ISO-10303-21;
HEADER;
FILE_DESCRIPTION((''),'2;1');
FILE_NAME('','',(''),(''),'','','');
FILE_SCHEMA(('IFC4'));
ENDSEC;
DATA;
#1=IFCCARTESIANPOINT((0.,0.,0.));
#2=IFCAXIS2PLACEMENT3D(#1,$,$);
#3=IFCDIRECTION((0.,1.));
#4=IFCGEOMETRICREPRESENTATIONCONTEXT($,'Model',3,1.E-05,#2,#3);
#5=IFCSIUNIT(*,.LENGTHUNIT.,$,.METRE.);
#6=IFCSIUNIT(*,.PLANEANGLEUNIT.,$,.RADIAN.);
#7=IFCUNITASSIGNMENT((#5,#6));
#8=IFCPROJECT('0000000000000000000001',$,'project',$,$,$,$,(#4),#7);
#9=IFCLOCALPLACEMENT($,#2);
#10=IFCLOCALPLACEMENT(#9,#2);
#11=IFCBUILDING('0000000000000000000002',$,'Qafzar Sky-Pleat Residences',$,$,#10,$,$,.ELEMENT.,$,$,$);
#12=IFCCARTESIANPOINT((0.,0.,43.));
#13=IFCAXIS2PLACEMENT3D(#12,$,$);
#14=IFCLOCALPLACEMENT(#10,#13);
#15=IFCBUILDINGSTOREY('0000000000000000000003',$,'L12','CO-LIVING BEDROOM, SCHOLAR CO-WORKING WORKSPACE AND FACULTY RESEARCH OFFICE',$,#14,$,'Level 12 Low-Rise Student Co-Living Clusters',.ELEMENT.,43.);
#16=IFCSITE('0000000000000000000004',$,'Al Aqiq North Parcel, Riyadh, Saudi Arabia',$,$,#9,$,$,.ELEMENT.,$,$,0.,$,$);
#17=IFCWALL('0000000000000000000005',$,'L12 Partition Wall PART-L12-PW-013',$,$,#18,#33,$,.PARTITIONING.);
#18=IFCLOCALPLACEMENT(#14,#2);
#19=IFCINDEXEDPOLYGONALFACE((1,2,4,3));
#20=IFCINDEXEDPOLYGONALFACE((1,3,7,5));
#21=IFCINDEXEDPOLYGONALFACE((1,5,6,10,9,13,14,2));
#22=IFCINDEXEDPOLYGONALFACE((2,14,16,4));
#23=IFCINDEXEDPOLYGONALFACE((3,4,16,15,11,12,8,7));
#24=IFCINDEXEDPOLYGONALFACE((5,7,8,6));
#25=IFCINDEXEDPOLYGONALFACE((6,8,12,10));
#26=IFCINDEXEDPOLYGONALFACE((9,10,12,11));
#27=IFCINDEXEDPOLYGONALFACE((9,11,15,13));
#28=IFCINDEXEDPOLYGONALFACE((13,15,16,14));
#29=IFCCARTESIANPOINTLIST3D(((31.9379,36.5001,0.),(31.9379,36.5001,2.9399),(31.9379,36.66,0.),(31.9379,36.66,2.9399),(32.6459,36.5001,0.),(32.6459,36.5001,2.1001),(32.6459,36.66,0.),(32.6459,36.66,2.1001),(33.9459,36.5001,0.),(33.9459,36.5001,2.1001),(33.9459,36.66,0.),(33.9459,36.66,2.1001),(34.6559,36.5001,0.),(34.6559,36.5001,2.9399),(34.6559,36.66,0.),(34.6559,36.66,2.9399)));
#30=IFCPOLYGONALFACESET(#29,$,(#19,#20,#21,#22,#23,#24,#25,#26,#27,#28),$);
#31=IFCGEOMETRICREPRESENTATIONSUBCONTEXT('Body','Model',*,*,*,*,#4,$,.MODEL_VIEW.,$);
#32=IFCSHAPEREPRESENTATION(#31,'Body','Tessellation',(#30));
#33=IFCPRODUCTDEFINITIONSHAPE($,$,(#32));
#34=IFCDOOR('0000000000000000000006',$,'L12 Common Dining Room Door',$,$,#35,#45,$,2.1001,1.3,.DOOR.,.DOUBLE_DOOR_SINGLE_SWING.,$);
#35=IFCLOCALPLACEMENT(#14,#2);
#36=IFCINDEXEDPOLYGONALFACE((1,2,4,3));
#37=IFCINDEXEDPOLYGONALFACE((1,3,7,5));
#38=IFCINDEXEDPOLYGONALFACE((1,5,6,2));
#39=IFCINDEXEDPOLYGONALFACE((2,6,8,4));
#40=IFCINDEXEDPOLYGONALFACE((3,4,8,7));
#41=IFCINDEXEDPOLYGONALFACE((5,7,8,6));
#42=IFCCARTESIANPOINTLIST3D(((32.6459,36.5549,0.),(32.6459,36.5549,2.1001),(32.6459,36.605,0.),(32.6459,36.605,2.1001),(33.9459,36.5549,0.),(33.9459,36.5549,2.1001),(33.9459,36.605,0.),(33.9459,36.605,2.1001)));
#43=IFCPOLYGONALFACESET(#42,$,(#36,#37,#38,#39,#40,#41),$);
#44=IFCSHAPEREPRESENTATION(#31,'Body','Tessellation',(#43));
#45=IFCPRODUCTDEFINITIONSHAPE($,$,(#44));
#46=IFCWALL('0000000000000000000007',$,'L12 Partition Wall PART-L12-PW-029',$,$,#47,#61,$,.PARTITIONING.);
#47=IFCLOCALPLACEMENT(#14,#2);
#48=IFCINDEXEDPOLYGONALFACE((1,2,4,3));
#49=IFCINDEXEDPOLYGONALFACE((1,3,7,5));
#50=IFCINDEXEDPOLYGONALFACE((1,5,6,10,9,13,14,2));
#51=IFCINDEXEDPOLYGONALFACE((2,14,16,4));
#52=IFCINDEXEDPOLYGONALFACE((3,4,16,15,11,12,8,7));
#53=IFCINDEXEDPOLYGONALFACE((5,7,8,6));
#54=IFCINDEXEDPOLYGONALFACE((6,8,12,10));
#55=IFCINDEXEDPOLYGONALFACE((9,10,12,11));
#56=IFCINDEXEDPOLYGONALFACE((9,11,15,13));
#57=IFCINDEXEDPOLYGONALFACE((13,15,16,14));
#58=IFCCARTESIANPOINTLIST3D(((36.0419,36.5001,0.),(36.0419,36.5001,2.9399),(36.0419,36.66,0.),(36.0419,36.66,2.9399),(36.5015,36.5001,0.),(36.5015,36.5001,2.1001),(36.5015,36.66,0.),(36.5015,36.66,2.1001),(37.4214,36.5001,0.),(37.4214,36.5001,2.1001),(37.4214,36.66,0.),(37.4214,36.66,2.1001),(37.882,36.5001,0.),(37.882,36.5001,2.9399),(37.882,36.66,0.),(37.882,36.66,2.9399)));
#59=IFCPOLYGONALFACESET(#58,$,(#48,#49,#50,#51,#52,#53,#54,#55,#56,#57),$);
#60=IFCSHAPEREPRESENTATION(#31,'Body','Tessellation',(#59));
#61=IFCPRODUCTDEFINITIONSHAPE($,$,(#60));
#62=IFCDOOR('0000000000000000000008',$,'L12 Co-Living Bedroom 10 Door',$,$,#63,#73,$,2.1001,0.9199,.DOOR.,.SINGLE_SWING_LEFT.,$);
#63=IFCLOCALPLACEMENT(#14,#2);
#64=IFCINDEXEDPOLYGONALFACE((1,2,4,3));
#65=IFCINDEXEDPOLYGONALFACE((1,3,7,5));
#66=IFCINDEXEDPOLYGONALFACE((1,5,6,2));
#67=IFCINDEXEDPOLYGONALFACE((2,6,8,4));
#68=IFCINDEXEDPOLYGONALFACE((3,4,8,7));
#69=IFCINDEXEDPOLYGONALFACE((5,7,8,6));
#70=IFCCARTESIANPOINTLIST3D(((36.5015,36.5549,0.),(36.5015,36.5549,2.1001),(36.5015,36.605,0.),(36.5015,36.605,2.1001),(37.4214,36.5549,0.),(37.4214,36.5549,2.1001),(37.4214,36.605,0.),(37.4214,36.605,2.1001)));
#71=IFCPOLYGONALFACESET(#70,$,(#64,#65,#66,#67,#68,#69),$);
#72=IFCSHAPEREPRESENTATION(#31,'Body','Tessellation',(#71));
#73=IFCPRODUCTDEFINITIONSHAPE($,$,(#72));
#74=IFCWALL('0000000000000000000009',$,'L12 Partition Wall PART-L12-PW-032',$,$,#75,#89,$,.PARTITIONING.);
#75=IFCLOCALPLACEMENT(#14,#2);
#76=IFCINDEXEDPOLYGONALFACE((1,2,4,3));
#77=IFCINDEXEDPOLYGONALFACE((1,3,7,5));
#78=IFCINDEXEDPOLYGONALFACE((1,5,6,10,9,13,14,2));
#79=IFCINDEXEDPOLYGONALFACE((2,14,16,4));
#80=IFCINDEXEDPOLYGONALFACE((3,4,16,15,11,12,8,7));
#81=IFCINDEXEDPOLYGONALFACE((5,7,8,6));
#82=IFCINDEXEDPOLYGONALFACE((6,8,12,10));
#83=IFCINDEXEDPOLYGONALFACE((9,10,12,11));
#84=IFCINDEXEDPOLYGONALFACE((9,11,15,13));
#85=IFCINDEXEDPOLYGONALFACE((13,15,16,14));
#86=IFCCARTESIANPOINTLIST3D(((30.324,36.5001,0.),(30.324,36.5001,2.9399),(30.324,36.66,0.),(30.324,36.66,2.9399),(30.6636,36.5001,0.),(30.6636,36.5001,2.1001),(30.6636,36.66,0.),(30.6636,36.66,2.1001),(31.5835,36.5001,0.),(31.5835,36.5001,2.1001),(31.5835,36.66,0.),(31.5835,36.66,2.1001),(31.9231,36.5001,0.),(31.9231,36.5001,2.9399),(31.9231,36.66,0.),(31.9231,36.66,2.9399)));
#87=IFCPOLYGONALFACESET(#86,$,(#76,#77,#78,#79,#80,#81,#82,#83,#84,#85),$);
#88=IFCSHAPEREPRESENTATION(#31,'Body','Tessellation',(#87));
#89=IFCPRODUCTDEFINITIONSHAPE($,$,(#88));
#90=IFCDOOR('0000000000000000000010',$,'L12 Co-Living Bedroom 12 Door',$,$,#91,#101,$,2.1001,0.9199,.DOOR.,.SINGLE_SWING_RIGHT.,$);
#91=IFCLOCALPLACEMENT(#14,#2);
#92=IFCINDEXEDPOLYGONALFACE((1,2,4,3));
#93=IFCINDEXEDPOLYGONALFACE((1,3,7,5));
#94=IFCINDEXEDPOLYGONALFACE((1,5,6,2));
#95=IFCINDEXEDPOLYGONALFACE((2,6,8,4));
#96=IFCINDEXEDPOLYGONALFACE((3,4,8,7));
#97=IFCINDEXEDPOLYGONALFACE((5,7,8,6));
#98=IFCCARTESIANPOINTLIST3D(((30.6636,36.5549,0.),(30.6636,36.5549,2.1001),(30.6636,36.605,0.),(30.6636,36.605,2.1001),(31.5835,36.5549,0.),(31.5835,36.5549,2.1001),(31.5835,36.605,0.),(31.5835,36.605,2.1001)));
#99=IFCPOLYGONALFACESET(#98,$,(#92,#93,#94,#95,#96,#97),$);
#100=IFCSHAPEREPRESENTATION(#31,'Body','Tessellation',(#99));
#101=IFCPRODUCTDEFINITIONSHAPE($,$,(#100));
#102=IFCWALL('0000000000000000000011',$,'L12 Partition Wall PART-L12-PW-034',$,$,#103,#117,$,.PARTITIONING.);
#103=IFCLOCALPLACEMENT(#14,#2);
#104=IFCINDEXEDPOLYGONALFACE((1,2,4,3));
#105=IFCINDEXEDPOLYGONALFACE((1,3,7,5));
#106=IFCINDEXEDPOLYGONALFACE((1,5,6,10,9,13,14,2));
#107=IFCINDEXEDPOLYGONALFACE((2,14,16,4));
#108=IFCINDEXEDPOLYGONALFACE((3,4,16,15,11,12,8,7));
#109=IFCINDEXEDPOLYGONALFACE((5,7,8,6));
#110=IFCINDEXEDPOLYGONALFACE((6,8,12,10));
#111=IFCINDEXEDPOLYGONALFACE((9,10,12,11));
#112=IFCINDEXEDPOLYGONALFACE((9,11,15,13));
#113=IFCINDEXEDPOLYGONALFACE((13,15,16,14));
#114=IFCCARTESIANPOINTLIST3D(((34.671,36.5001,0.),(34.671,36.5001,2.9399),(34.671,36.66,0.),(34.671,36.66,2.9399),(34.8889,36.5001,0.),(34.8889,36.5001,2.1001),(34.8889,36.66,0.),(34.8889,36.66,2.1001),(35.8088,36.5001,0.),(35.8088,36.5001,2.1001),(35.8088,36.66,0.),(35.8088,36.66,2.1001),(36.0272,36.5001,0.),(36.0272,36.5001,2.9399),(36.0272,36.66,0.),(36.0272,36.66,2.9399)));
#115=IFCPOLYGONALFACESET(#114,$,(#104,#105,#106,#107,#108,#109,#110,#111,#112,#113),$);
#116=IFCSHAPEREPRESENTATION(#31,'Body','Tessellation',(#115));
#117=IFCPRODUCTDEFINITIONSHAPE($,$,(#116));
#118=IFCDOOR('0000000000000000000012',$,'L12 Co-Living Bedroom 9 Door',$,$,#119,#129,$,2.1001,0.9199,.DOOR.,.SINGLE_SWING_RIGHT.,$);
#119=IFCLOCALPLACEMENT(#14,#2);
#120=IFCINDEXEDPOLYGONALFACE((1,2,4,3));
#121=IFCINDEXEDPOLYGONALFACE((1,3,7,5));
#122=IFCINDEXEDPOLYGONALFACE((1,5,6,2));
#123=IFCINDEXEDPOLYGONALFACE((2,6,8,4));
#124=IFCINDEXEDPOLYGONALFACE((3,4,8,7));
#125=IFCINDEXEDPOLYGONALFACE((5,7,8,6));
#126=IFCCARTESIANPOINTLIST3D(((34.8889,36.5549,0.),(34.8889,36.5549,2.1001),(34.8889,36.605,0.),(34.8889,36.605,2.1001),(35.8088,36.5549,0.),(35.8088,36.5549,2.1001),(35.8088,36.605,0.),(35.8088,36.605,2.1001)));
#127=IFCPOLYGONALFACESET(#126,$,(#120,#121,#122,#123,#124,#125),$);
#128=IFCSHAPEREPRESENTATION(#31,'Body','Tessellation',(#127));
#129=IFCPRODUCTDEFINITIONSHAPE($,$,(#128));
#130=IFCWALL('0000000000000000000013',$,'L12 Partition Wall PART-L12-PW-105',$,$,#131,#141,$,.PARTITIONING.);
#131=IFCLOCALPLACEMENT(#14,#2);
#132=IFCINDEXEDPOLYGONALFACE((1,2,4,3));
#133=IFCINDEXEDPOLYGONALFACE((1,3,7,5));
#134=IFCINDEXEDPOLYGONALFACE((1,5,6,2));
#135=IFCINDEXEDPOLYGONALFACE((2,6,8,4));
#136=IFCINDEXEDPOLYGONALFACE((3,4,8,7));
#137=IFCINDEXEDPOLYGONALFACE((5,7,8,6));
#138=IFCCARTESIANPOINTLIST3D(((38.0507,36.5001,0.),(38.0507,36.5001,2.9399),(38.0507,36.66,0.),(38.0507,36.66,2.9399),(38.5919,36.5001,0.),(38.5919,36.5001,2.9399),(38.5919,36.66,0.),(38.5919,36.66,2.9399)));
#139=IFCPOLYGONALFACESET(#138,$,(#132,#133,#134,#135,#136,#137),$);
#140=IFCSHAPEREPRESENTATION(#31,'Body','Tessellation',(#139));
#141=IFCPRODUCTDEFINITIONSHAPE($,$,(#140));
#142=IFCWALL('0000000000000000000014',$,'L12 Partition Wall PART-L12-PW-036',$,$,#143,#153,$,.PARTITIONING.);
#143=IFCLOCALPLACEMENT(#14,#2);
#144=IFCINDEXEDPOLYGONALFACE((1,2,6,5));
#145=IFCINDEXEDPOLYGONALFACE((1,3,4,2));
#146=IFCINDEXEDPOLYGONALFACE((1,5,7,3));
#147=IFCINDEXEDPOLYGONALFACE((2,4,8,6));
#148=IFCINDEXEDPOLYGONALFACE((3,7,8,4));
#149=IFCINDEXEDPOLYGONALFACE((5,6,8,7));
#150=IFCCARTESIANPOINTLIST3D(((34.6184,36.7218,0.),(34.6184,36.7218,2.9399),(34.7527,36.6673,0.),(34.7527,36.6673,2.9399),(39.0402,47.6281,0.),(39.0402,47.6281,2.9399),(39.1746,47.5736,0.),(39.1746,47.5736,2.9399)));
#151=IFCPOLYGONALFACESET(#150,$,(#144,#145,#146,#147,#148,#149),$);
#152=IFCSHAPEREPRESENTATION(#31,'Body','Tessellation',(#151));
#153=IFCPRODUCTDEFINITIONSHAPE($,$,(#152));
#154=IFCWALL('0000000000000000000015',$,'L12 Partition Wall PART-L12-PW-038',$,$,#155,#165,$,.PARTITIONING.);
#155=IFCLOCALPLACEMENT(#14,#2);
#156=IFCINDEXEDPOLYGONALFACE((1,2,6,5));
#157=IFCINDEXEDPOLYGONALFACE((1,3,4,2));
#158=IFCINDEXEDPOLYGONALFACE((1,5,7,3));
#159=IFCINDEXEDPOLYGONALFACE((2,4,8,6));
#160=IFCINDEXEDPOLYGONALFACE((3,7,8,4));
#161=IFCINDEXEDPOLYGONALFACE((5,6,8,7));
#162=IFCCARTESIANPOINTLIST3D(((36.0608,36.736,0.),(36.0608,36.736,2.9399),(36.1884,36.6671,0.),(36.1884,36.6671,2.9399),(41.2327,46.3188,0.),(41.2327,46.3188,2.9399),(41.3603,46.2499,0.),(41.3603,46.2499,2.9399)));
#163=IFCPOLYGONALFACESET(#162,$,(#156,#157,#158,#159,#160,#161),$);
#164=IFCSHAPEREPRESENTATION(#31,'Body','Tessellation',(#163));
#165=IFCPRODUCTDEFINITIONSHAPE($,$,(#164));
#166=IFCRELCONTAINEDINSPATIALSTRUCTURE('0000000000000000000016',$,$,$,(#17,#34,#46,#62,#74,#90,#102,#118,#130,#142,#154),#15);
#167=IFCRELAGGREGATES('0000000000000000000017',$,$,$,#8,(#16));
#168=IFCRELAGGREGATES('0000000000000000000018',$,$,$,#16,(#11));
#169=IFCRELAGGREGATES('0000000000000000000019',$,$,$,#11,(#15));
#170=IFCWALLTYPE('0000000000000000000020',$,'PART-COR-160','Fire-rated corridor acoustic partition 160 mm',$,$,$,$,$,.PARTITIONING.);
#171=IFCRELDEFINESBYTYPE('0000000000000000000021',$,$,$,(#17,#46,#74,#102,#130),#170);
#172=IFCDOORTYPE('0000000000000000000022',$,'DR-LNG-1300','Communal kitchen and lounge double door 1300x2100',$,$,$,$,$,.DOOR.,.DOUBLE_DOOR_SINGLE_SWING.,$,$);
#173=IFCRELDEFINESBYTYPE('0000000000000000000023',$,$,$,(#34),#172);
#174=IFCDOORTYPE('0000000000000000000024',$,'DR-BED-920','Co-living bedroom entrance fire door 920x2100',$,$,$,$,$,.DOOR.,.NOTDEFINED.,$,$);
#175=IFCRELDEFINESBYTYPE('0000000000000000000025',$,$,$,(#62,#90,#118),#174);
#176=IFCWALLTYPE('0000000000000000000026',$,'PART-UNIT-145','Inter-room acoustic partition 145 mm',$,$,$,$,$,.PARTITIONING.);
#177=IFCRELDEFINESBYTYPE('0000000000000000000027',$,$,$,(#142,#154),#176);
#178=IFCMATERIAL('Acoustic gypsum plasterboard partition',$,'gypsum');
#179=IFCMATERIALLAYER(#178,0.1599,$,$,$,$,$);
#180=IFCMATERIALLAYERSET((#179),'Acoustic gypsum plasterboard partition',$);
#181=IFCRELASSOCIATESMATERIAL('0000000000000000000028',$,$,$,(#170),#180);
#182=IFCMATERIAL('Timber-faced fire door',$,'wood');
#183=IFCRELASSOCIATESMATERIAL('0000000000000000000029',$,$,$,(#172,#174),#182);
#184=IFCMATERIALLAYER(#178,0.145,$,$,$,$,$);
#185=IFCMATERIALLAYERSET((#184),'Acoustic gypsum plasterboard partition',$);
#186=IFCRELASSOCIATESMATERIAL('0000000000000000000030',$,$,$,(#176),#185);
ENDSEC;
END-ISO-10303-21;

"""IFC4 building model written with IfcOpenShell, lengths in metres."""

from ifc_helpers import new_model, si_unit, direction, frame, frame_2d, origin, place, context, subcontext, project, spatial, rectangle, extrude, source, transform, mapped, material, layer, layer_set, type_object, element, fill, save


model = new_model("IFC4")

# Units and contexts
model_context = context("Model", 3, precision=1e-05, world=origin(), true_north=direction((0.0, 1.0)))
body_context = subcontext(model_context, "Body", "Model", "MODEL_VIEW")
ifc_project = project(units=[si_unit("LENGTHUNIT", "METRE"), si_unit("PLANEANGLEUNIT", "RADIAN")], contexts=[model_context])

# Site, building, storey
site_placement = place(None, origin())
site = spatial("IfcSite", under=ifc_project, at=site_placement, Name="Al Aqiq North Parcel, Riyadh, Saudi Arabia", CompositionType="ELEMENT", RefElevation=0.0)
building_placement = place(site_placement, origin())
building = spatial("IfcBuilding", under=site, at=building_placement, Name="Qafzar Sky-Pleat Residences", CompositionType="ELEMENT")
storey_placement = place(building_placement, frame((0.0, 0.0, 43.0)))
storey = spatial("IfcBuildingStorey", under=building, at=storey_placement, Name="L12", Description="CO-LIVING BEDROOM, SCHOLAR CO-WORKING WORKSPACE AND FACULTY RESEARCH OFFICE", LongName="Level 12 Low-Rise Student Co-Living Clusters", CompositionType="ELEMENT", Elevation=43.0)

# Walls, openings, doors
ifc_material_1 = material(Name="Acoustic gypsum plasterboard partition", Category="gypsum")
ifc_layer_1 = layer(ifc_material_1, 0.1599)
ifc_layer_set_1 = layer_set([ifc_layer_1], Name="Acoustic gypsum plasterboard partition")
wall_type_1 = type_object("IfcWallType", Name="PART-COR-160", Description="Fire-rated corridor acoustic partition 160 mm", PredefinedType="PARTITIONING", material=ifc_layer_set_1)
wall_1_placement = place(storey_placement, frame((31.938, 36.5801, 0.0), z_axis=(0.0, 0.0, 1.0), x_axis=(1.0, 0.0, 0.0)))
wall_1 = element("IfcWall", 1, at=wall_1_placement, inside=storey, type_object=wall_type_1, Name="L12 Partition Wall PART-L12-PW-013", PredefinedType="PARTITIONING", context=body_context, shape_type="SweptSolid", body=[
    extrude(rectangle(XDim=2.718, YDim=0.1599, at=frame_2d((1.3589, 0.0))), origin(), (0.0, 0.0, 1.0), 2.9399),
])
opening_1_placement = place(wall_1_placement, frame((0.708, 0.0, 0.0)))
opening_1 = element("IfcOpeningElement", 2, at=opening_1_placement, cuts=wall_1, PredefinedType="OPENING", context=body_context, shape_type="SweptSolid", body=[
    extrude(rectangle(XDim=1.3, YDim=2.1001, at=frame_2d((0.6499, 1.05))), frame((0.0, 0.0898, 0.0), z_axis=(0.0, -1.0, 0.0), x_axis=(1.0, 0.0, 0.0)), (0.0, 0.0, 1.0), 0.1799),
])
ifc_material_2 = material(Name="Timber-faced fire door", Category="wood")
door_type_1 = type_object("IfcDoorType", Name="DR-LNG-1300", Description="Communal kitchen and lounge double door 1300x2100", OperationType="DOUBLE_DOOR_SINGLE_SWING", PredefinedType="DOOR", material=ifc_material_2)
shared_shape_1 = source(origin(), body_context, "Body", "SweptSolid", [
    extrude(rectangle(XDim=1.3, YDim=2.1001, at=frame_2d((0.6499, 1.05))), frame((0.0, 0.0249, 0.0), z_axis=(0.0, -1.0, 0.0), x_axis=(1.0, 0.0, 0.0)), (0.0, 0.0, 1.0), 0.05),
])
door_1_placement = place(opening_1_placement, origin())
door_1 = element("IfcDoor", 3, at=door_1_placement, inside=storey, type_object=door_type_1, Name="L12 Common Dining Room Door", OperationType="DOUBLE_DOOR_SINGLE_SWING", OverallHeight=2.1001, OverallWidth=1.3, PredefinedType="DOOR", context=body_context, shape_type="MappedRepresentation", body=[
    mapped(shared_shape_1, transform((0.0, 0.0, 0.0), x_axis=(1.0, 0.0, 0.0), y_axis=(0.0, 1.0, 0.0), z_axis=(0.0, 0.0, 1.0), scale=1.0)),
])
fill(opening_1, door_1)
wall_2_placement = place(storey_placement, frame((36.042, 36.5801, 0.0), z_axis=(0.0, 0.0, 1.0), x_axis=(1.0, 0.0, 0.0)))
wall_2 = element("IfcWall", 4, at=wall_2_placement, inside=storey, type_object=wall_type_1, Name="L12 Partition Wall PART-L12-PW-029", PredefinedType="PARTITIONING", context=body_context, shape_type="SweptSolid", body=[
    extrude(rectangle(XDim=1.8401, YDim=0.1599, at=frame_2d((0.9199, 0.0))), origin(), (0.0, 0.0, 1.0), 2.9399),
])
opening_2_placement = place(wall_2_placement, frame((0.4595, 0.0, 0.0)))
opening_2 = element("IfcOpeningElement", 5, at=opening_2_placement, cuts=wall_2, PredefinedType="OPENING", context=body_context, shape_type="SweptSolid", body=[
    extrude(rectangle(XDim=0.9199, YDim=2.1001, at=frame_2d((0.46, 1.05))), frame((0.0, 0.0898, 0.0), z_axis=(0.0, -1.0, 0.0), x_axis=(1.0, 0.0, 0.0)), (0.0, 0.0, 1.0), 0.1799),
])
door_type_2 = type_object("IfcDoorType", Name="DR-BED-920", Description="Co-living bedroom entrance fire door 920x2100", OperationType="NOTDEFINED", PredefinedType="DOOR", material=ifc_material_2)
shared_shape_2 = source(origin(), body_context, "Body", "SweptSolid", [
    extrude(rectangle(XDim=0.9199, YDim=2.1001, at=frame_2d((0.46, 1.05))), frame((0.0, 0.0249, 0.0), z_axis=(0.0, -1.0, 0.0), x_axis=(1.0, 0.0, 0.0)), (0.0, 0.0, 1.0), 0.05),
])
door_2_placement = place(opening_2_placement, origin())
door_2 = element("IfcDoor", 6, at=door_2_placement, inside=storey, type_object=door_type_2, Name="L12 Co-Living Bedroom 10 Door", OperationType="SINGLE_SWING_LEFT", OverallHeight=2.1001, OverallWidth=0.9199, PredefinedType="DOOR", context=body_context, shape_type="MappedRepresentation", body=[
    mapped(shared_shape_2, transform((0.0, 0.0, 0.0), x_axis=(1.0, 0.0, 0.0), y_axis=(0.0, 1.0, 0.0), z_axis=(0.0, 0.0, 1.0), scale=1.0)),
])
fill(opening_2, door_2)
wall_3_placement = place(storey_placement, frame((30.324, 36.5801, 0.0), z_axis=(0.0, 0.0, 1.0), x_axis=(1.0, 0.0, 0.0)))
wall_3 = element("IfcWall", 7, at=wall_3_placement, inside=storey, type_object=wall_type_1, Name="L12 Partition Wall PART-L12-PW-032", PredefinedType="PARTITIONING", context=body_context, shape_type="SweptSolid", body=[
    extrude(rectangle(XDim=1.5991, YDim=0.1599, at=frame_2d((0.7996, 0.0))), origin(), (0.0, 0.0, 1.0), 2.9399),
])
opening_3_placement = place(wall_3_placement, frame((0.3396, 0.0, 0.0)))
opening_3 = element("IfcOpeningElement", 8, at=opening_3_placement, cuts=wall_3, PredefinedType="OPENING", context=body_context, shape_type="SweptSolid", body=[
    extrude(rectangle(XDim=0.9199, YDim=2.1001, at=frame_2d((0.46, 1.05))), frame((0.0, 0.0898, 0.0), z_axis=(0.0, -1.0, 0.0), x_axis=(1.0, 0.0, 0.0)), (0.0, 0.0, 1.0), 0.1799),
])
door_3_placement = place(opening_3_placement, origin())
door_3 = element("IfcDoor", 9, at=door_3_placement, inside=storey, type_object=door_type_2, Name="L12 Co-Living Bedroom 12 Door", OperationType="SINGLE_SWING_RIGHT", OverallHeight=2.1001, OverallWidth=0.9199, PredefinedType="DOOR", context=body_context, shape_type="MappedRepresentation", body=[
    mapped(shared_shape_2, transform((0.0, 0.0, 0.0), x_axis=(1.0, 0.0, 0.0), y_axis=(0.0, 1.0, 0.0), z_axis=(0.0, 0.0, 1.0), scale=1.0)),
])
fill(opening_3, door_3)
wall_4_placement = place(storey_placement, frame((34.6709, 36.5801, 0.0), z_axis=(0.0, 0.0, 1.0), x_axis=(1.0, 0.0, 0.0)))
wall_4 = element("IfcWall", 10, at=wall_4_placement, inside=storey, type_object=wall_type_1, Name="L12 Partition Wall PART-L12-PW-034", PredefinedType="PARTITIONING", context=body_context, shape_type="SweptSolid", body=[
    extrude(rectangle(XDim=1.3562, YDim=0.1599, at=frame_2d((0.6782, 0.0))), origin(), (0.0, 0.0, 1.0), 2.9399),
])
opening_4_placement = place(wall_4_placement, frame((0.218, 0.0, 0.0)))
opening_4 = element("IfcOpeningElement", 11, at=opening_4_placement, cuts=wall_4, PredefinedType="OPENING", context=body_context, shape_type="SweptSolid", body=[
    extrude(rectangle(XDim=0.9199, YDim=2.1001, at=frame_2d((0.46, 1.05))), frame((0.0, 0.0898, 0.0), z_axis=(0.0, -1.0, 0.0), x_axis=(1.0, 0.0, 0.0)), (0.0, 0.0, 1.0), 0.1799),
])
door_4_placement = place(opening_4_placement, origin())
door_4 = element("IfcDoor", 12, at=door_4_placement, inside=storey, type_object=door_type_2, Name="L12 Co-Living Bedroom 9 Door", OperationType="SINGLE_SWING_RIGHT", OverallHeight=2.1001, OverallWidth=0.9199, PredefinedType="DOOR", context=body_context, shape_type="MappedRepresentation", body=[
    mapped(shared_shape_2, transform((0.0, 0.0, 0.0), x_axis=(1.0, 0.0, 0.0), y_axis=(0.0, 1.0, 0.0), z_axis=(0.0, 0.0, 1.0), scale=1.0)),
])
fill(opening_4, door_4)

# Walls
wall_5_placement = place(storey_placement, frame((38.0508, 36.5801, 0.0), z_axis=(0.0, 0.0, 1.0), x_axis=(1.0, 0.0, 0.0)))
element("IfcWall", 13, at=wall_5_placement, inside=storey, type_object=wall_type_1, Name="L12 Partition Wall PART-L12-PW-105", PredefinedType="PARTITIONING", context=body_context, shape_type="SweptSolid", body=[
    extrude(rectangle(XDim=0.5413, YDim=0.1599, at=frame_2d((0.2705, 0.0))), origin(), (0.0, 0.0, 1.0), 2.9399),
])
ifc_layer_2 = layer(ifc_material_1, 0.145)
ifc_layer_set_2 = layer_set([ifc_layer_2], Name="Acoustic gypsum plasterboard partition")
wall_type_2 = type_object("IfcWallType", Name="PART-UNIT-145", Description="Inter-room acoustic partition 145 mm", PredefinedType="PARTITIONING", material=ifc_layer_set_2)
wall_6_placement = place(storey_placement, frame((34.6855, 36.6946, 0.0), z_axis=(0.0, 0.0, 1.0), x_axis=(0.375736, 0.926727, 0.0)))
element("IfcWall", 14, at=wall_6_placement, inside=storey, type_object=wall_type_2, Name="L12 Partition Wall PART-L12-PW-036", PredefinedType="PARTITIONING", context=body_context, shape_type="SweptSolid", body=[
    extrude(rectangle(XDim=11.7686, YDim=0.145, at=frame_2d((5.8843, 0.0))), origin(), (0.0, 0.0, 1.0), 2.9399),
])
wall_7_placement = place(storey_placement, frame((36.1245, 36.7014, 0.0), z_axis=(0.0, 0.0, 1.0), x_axis=(0.474949, 0.880014, 0.0)))
element("IfcWall", 15, at=wall_7_placement, inside=storey, type_object=wall_type_2, Name="L12 Partition Wall PART-L12-PW-038", PredefinedType="PARTITIONING", context=body_context, shape_type="SweptSolid", body=[
    extrude(rectangle(XDim=10.8894, YDim=0.145, at=frame_2d((5.4448, 0.0))), origin(), (0.0, 0.0, 1.0), 2.9399),
])

save(model, "model.ifc")
